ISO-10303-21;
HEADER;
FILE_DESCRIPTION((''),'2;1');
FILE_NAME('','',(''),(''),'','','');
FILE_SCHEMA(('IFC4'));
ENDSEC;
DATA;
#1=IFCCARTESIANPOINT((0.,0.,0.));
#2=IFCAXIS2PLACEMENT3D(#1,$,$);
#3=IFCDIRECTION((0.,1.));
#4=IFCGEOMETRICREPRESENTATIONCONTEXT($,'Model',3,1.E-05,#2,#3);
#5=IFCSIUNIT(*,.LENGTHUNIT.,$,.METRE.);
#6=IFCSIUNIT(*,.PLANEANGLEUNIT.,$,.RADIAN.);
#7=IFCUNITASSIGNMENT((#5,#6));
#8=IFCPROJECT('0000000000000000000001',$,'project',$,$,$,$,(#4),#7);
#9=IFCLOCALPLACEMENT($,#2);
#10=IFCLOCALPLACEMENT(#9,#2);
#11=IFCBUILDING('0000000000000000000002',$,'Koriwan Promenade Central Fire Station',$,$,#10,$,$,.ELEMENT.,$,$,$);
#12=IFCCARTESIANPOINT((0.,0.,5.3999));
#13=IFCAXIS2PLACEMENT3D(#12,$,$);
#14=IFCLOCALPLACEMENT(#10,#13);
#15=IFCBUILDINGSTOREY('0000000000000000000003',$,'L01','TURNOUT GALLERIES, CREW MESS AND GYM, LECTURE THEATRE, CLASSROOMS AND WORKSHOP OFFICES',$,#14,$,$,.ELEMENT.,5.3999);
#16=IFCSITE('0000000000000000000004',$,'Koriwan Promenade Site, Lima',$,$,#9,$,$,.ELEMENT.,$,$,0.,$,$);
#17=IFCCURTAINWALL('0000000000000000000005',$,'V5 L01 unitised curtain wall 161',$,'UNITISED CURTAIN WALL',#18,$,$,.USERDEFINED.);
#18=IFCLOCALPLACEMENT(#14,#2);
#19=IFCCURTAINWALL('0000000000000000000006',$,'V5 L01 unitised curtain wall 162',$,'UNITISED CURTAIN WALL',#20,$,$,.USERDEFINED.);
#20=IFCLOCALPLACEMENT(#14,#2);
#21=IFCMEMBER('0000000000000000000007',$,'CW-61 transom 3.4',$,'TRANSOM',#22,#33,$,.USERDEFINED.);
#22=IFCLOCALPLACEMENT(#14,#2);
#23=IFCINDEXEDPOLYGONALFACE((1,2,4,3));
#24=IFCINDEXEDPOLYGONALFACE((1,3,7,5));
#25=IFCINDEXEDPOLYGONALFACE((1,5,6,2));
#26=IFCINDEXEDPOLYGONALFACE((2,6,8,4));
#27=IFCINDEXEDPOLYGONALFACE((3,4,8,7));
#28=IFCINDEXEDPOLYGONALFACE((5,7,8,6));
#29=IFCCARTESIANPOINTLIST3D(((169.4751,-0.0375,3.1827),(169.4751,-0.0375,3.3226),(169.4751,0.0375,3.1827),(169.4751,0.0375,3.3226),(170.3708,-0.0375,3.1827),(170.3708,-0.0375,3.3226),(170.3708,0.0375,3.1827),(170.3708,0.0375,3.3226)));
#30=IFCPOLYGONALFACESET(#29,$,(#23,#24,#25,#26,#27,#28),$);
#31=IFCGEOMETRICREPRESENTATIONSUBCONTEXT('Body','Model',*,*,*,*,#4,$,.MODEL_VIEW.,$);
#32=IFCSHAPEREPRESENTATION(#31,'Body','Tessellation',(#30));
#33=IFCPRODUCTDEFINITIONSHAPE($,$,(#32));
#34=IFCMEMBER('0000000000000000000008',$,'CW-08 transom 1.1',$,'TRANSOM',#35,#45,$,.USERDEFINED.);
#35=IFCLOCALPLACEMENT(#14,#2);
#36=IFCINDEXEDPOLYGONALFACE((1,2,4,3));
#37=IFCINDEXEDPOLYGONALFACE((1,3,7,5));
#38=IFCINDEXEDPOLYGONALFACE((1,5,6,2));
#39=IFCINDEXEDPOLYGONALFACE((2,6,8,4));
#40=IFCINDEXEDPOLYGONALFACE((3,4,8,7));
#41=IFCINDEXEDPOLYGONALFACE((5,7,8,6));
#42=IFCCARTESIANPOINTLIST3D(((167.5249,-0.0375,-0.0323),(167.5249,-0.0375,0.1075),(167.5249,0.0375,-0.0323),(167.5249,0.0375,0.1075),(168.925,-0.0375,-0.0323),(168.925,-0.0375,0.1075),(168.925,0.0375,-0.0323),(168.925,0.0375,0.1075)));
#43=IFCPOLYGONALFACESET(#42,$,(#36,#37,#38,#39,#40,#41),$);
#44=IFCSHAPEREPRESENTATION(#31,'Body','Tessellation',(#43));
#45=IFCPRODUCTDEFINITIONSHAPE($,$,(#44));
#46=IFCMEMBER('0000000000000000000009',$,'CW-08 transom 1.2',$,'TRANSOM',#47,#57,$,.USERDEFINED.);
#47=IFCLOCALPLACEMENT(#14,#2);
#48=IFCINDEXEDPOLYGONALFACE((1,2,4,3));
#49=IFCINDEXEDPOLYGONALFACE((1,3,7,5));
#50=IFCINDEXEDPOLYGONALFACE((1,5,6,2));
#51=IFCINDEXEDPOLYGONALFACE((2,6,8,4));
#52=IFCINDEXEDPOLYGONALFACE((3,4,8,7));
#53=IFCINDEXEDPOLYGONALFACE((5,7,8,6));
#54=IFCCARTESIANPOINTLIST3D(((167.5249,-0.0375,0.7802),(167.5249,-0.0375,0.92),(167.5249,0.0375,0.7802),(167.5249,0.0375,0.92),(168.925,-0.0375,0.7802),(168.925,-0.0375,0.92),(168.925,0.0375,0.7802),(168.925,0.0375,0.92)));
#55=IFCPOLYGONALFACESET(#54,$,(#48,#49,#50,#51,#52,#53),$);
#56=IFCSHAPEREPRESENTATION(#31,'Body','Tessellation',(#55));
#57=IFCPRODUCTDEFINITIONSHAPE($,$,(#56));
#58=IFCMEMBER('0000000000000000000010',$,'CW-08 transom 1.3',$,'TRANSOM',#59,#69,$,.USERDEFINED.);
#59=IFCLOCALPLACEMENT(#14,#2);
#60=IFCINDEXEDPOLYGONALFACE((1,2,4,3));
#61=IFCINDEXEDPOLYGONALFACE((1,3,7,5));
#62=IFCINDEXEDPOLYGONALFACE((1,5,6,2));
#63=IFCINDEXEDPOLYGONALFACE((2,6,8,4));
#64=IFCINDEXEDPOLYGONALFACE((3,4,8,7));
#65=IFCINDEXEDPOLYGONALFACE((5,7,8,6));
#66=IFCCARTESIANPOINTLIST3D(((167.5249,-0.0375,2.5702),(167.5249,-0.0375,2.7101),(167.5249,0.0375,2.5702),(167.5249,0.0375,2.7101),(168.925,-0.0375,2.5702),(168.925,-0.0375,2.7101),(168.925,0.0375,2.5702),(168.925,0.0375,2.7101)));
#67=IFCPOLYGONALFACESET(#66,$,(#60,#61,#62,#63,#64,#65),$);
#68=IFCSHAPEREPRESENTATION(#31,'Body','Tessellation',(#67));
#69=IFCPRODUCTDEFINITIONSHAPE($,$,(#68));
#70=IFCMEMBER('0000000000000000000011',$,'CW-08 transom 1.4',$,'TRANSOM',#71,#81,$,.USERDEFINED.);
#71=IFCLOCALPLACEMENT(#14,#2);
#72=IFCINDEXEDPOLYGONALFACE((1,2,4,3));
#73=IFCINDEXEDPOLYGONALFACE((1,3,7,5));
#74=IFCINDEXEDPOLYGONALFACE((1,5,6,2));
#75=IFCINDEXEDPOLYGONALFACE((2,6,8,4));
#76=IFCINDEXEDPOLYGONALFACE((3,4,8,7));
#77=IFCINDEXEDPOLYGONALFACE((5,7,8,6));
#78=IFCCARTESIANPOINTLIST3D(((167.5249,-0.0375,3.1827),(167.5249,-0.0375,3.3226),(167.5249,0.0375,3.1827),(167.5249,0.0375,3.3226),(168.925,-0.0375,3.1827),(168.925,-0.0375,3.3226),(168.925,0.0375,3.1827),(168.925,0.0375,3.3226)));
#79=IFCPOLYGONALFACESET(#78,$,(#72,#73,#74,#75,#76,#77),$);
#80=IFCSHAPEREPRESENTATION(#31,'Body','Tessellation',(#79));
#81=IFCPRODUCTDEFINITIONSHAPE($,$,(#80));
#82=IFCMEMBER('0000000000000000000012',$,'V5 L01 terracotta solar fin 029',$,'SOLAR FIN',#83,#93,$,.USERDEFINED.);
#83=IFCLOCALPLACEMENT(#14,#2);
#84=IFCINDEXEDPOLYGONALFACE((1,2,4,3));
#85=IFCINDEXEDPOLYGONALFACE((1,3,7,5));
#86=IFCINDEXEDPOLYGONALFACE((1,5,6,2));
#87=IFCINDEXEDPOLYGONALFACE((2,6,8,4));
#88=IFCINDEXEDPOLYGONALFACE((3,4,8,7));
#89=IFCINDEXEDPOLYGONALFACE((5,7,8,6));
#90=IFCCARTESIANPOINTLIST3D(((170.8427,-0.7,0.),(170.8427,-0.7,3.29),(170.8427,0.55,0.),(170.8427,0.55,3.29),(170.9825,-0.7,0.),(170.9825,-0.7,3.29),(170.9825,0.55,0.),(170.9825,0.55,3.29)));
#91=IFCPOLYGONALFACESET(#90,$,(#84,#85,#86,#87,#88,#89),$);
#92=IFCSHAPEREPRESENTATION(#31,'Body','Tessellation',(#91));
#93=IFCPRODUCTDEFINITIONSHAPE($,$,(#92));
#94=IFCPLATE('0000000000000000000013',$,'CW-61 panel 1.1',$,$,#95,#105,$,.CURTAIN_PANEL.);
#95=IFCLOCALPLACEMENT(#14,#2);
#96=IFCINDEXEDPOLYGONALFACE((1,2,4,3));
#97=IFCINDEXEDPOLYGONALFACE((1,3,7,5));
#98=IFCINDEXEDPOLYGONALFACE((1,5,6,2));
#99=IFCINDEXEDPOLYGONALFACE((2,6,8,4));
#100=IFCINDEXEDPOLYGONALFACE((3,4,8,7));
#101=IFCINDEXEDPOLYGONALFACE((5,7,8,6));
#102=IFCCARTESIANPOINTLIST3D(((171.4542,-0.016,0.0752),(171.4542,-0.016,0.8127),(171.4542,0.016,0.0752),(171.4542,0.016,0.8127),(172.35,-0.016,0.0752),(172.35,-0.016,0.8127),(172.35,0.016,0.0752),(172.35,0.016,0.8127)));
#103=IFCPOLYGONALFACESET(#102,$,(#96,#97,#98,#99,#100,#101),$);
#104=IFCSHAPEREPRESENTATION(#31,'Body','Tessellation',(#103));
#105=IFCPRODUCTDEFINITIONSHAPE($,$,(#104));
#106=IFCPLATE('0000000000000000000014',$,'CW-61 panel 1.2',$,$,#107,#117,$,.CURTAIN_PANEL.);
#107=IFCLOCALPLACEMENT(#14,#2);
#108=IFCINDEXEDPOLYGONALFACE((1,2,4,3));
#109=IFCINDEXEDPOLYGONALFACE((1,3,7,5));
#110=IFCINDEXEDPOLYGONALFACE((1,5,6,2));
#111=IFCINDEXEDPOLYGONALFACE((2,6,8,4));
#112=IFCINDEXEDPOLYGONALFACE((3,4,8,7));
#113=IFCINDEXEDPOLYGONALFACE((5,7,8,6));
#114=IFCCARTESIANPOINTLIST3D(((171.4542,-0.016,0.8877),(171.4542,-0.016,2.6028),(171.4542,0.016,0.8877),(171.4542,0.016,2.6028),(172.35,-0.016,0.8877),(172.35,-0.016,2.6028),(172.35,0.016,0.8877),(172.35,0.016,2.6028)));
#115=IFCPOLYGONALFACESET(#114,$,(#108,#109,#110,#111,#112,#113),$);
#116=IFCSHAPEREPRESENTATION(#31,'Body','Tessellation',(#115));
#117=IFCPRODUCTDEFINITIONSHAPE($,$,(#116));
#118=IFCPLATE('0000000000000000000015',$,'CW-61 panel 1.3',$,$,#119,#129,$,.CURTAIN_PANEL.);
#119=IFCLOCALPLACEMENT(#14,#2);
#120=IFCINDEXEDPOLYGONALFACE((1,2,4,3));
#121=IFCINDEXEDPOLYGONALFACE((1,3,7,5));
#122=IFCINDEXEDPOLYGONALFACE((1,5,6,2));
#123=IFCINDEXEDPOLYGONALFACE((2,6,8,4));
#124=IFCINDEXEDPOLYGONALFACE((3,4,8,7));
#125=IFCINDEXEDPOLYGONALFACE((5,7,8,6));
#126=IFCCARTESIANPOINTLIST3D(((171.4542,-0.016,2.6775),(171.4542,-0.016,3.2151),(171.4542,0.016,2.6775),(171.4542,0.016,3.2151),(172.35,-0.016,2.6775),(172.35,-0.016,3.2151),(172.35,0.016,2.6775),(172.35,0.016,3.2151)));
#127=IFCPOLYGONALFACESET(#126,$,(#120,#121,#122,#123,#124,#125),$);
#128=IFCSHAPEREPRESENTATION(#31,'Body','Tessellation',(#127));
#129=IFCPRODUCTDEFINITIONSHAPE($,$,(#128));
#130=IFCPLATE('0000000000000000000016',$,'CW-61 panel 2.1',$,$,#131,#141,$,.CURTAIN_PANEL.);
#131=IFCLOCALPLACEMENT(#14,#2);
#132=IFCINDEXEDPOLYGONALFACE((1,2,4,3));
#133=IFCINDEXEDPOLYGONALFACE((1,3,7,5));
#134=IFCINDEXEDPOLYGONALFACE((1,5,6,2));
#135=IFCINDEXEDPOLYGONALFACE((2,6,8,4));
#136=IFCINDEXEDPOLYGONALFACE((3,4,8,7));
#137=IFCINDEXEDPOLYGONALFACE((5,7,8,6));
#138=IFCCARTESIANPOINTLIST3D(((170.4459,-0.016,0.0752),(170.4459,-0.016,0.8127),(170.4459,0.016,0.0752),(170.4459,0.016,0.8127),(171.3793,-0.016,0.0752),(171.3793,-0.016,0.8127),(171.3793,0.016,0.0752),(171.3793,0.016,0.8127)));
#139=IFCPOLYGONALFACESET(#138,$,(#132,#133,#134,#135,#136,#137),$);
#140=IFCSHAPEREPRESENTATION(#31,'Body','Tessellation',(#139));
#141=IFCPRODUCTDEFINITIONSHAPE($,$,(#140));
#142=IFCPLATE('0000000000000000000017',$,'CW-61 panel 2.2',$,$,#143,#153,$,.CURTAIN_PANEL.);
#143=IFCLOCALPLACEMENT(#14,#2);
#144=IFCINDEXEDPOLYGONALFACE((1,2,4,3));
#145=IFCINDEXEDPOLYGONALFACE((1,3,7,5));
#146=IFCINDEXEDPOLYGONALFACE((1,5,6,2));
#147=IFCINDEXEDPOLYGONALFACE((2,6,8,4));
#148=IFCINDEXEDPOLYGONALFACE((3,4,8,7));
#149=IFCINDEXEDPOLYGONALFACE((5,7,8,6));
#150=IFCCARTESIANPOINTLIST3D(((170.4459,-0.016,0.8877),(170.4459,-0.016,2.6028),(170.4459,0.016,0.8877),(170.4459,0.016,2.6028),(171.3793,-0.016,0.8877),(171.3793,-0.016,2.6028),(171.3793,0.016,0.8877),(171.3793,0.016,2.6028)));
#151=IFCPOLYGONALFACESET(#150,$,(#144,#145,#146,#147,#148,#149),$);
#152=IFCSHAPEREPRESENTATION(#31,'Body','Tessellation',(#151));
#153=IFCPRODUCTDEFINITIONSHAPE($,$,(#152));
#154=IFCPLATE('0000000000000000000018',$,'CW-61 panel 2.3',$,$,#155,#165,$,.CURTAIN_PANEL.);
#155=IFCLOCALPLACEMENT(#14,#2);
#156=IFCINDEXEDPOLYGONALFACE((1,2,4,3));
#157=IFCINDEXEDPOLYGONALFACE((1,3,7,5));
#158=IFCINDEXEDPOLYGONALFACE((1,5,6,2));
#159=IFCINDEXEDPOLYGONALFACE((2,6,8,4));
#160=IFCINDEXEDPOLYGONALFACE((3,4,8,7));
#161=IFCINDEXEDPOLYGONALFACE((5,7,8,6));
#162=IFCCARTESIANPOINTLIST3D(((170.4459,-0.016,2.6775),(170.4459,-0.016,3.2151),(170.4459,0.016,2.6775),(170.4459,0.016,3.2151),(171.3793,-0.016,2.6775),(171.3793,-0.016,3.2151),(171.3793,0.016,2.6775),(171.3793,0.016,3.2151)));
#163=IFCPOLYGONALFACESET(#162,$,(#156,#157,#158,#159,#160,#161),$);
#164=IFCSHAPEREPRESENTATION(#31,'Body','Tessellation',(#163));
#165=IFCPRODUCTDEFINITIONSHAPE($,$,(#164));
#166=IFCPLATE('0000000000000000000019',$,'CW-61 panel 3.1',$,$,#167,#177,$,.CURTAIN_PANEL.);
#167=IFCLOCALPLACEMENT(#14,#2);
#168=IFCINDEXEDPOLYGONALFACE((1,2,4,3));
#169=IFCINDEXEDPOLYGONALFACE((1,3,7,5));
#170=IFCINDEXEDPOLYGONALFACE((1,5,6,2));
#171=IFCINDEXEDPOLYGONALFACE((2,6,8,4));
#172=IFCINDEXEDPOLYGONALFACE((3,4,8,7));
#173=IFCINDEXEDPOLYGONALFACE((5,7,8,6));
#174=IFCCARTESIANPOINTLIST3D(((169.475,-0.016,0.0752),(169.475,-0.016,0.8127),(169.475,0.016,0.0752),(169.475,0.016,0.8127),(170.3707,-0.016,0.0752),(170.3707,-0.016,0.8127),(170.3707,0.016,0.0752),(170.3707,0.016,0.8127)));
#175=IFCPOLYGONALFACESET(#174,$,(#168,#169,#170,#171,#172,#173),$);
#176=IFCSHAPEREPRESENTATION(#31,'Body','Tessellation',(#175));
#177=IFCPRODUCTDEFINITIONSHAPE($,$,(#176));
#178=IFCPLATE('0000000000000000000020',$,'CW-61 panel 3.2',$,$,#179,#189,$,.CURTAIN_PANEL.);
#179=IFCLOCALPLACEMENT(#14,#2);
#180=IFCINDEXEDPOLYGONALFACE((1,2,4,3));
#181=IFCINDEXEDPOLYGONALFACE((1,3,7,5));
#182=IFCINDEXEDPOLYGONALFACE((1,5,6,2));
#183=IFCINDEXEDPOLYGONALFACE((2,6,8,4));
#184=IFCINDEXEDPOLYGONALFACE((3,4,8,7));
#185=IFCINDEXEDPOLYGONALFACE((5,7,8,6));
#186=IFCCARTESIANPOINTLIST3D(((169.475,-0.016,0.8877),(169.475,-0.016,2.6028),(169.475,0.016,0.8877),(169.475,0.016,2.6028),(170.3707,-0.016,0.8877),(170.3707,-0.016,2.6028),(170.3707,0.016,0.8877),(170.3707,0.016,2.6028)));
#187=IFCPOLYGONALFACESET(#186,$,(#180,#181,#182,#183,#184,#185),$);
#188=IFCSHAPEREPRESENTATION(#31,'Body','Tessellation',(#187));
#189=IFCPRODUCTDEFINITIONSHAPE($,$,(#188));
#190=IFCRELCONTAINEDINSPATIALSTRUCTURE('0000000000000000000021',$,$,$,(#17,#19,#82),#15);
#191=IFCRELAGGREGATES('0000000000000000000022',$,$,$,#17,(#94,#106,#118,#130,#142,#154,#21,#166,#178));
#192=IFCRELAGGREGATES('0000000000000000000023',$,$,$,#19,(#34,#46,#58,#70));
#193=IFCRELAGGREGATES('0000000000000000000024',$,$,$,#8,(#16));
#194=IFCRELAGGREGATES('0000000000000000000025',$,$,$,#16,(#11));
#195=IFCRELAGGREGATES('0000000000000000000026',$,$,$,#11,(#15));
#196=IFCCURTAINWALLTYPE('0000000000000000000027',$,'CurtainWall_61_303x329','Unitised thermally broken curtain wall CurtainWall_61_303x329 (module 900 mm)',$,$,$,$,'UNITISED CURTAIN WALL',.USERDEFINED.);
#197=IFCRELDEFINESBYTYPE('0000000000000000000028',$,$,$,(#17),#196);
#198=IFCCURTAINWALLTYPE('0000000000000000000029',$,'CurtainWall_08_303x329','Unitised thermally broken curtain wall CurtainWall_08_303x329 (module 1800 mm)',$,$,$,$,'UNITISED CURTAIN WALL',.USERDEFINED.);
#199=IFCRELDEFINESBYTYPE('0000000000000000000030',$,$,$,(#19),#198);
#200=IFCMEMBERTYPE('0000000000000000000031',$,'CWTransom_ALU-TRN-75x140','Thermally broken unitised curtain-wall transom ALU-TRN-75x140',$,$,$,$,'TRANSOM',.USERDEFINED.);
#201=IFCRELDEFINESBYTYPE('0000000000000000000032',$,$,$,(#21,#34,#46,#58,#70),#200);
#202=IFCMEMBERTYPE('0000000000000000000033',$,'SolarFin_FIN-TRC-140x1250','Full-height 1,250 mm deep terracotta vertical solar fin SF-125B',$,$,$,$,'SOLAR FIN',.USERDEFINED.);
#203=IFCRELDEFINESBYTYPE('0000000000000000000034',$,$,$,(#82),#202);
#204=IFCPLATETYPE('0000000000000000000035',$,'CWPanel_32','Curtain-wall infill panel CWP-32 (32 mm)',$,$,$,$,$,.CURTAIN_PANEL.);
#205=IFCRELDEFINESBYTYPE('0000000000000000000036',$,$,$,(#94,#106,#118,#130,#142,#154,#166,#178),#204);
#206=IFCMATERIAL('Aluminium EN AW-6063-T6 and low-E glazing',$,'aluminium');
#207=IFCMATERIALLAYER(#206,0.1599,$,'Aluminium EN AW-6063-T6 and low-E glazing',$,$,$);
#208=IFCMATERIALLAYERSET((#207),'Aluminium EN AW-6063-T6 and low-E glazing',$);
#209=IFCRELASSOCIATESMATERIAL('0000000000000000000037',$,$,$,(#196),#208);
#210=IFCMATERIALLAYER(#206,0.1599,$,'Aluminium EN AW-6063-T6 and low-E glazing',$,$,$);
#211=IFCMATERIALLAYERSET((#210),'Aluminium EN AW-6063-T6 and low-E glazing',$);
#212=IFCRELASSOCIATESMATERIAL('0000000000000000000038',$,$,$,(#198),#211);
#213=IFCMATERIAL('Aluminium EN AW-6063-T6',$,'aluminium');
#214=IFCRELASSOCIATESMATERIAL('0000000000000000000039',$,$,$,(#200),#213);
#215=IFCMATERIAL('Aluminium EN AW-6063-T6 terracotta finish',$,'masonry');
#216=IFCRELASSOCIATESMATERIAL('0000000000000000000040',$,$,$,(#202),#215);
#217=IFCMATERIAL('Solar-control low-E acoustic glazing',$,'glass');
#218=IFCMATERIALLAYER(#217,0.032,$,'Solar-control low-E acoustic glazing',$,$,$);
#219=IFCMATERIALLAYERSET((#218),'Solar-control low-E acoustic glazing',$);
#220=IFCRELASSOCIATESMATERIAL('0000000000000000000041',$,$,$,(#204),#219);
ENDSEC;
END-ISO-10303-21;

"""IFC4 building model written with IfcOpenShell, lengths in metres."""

from ifc_helpers import new_model, si_unit, direction, frame, origin, origin_2d, place, context, subcontext, project, spatial, rectangle, extrude, material, layer, layer_set, material_profile, profile_set, type_object, element, aggregate, save


model = new_model("IFC4")

# Units and contexts
model_context = context("Model", 3, precision=1e-05, world=origin(), true_north=direction((0.0, 1.0)))
body_context = subcontext(model_context, "Body", "Model", "MODEL_VIEW")
ifc_project = project(units=[si_unit("LENGTHUNIT", "METRE"), si_unit("PLANEANGLEUNIT", "RADIAN")], contexts=[model_context])

# Site, building, storey
site_placement = place(None, origin())
site = spatial("IfcSite", under=ifc_project, at=site_placement, Name="Koriwan Promenade Site, Lima", CompositionType="ELEMENT", RefElevation=0.0)
building_placement = place(site_placement, origin())
building = spatial("IfcBuilding", under=site, at=building_placement, Name="Koriwan Promenade Central Fire Station", CompositionType="ELEMENT")
storey_placement = place(building_placement, frame((0.0, 0.0, 5.3999)))
storey = spatial("IfcBuildingStorey", under=building, at=storey_placement, Name="L01", Description="TURNOUT GALLERIES, CREW MESS AND GYM, LECTURE THEATRE, CLASSROOMS AND WORKSHOP OFFICES", CompositionType="ELEMENT", Elevation=5.3999)

# Curtain wall
ifc_material_1 = material(Name="Aluminium EN AW-6063-T6 and low-E glazing", Category="aluminium")
ifc_layer_1 = layer(ifc_material_1, 0.1599, Name="Aluminium EN AW-6063-T6 and low-E glazing")
ifc_layer_set_1 = layer_set([ifc_layer_1], Name="Aluminium EN AW-6063-T6 and low-E glazing")
curtain_wall_type_1 = type_object("IfcCurtainWallType", Name="CurtainWall_61_303x329", Description="Unitised thermally broken curtain wall CurtainWall_61_303x329 (module 900 mm)", ElementType="UNITISED CURTAIN WALL", PredefinedType="USERDEFINED", material=ifc_layer_set_1)
curtain_wall_1_placement = place(storey_placement, origin())
curtain_wall_1 = element("IfcCurtainWall", 1, at=curtain_wall_1_placement, inside=storey, type_object=curtain_wall_type_1, Name="V5 L01 unitised curtain wall 161", ObjectType="UNITISED CURTAIN WALL", PredefinedType="USERDEFINED")
ifc_material_2 = material(Name="Aluminium EN AW-6063-T6", Category="aluminium")

# Curtain wall
ifc_layer_2 = layer(ifc_material_1, 0.1599, Name="Aluminium EN AW-6063-T6 and low-E glazing")
ifc_layer_set_2 = layer_set([ifc_layer_2], Name="Aluminium EN AW-6063-T6 and low-E glazing")
curtain_wall_type_2 = type_object("IfcCurtainWallType", Name="CurtainWall_08_303x329", Description="Unitised thermally broken curtain wall CurtainWall_08_303x329 (module 1800 mm)", ElementType="UNITISED CURTAIN WALL", PredefinedType="USERDEFINED", material=ifc_layer_set_2)
curtain_wall_2_placement = place(storey_placement, origin())
curtain_wall_2 = element("IfcCurtainWall", 2, at=curtain_wall_2_placement, inside=storey, type_object=curtain_wall_type_2, Name="V5 L01 unitised curtain wall 162", ObjectType="UNITISED CURTAIN WALL", PredefinedType="USERDEFINED")

# Members
ifc_material_profile_1 = material_profile(ifc_material_2, rectangle(XDim=0.075, YDim=0.1399, at=origin_2d()), Name="ALU-TRN-75x140")
ifc_profile_set_1 = profile_set([ifc_material_profile_1], Name="Aluminium EN AW-6063-T6")
member_type_1 = type_object("IfcMemberType", Name="CWTransom_ALU-TRN-75x140", Description="Thermally broken unitised curtain-wall transom ALU-TRN-75x140", ElementType="TRANSOM", PredefinedType="USERDEFINED", material=ifc_profile_set_1)
member_1_placement = place(storey_placement, frame((170.3708, 0.0, 3.2527), z_axis=(-1.0, 0.0, 0.0), x_axis=(0.0, -1.0, 0.0)))
member_1 = element("IfcMember", 3, at=member_1_placement, type_object=member_type_1, Name="CW-61 transom 3.4", ObjectType="TRANSOM", PredefinedType="USERDEFINED", context=body_context, shape_type="SweptSolid", body=[
    extrude(rectangle(XDim=0.075, YDim=0.1399, at=origin_2d()), origin(), (0.0, 0.0, 1.0), 0.8958),
])
member_2_placement = place(storey_placement, frame((168.925, 0.0, 0.0376), z_axis=(-1.0, 0.0, 0.0), x_axis=(0.0, -1.0, 0.0)))
member_2 = element("IfcMember", 4, at=member_2_placement, type_object=member_type_1, Name="CW-08 transom 1.1", ObjectType="TRANSOM", PredefinedType="USERDEFINED", context=body_context, shape_type="SweptSolid", body=[
    extrude(rectangle(XDim=0.075, YDim=0.1399, at=origin_2d()), origin(), (0.0, 0.0, 1.0), 1.4001),
])
member_3_placement = place(storey_placement, frame((168.925, 0.0, 0.8501), z_axis=(-1.0, 0.0, 0.0), x_axis=(0.0, -1.0, 0.0)))
member_3 = element("IfcMember", 5, at=member_3_placement, type_object=member_type_1, Name="CW-08 transom 1.2", ObjectType="TRANSOM", PredefinedType="USERDEFINED", context=body_context, shape_type="SweptSolid", body=[
    extrude(rectangle(XDim=0.075, YDim=0.1399, at=origin_2d()), origin(), (0.0, 0.0, 1.0), 1.4001),
])
member_4_placement = place(storey_placement, frame((168.925, 0.0, 2.6401), z_axis=(-1.0, 0.0, 0.0), x_axis=(0.0, -1.0, 0.0)))
member_4 = element("IfcMember", 6, at=member_4_placement, type_object=member_type_1, Name="CW-08 transom 1.3", ObjectType="TRANSOM", PredefinedType="USERDEFINED", context=body_context, shape_type="SweptSolid", body=[
    extrude(rectangle(XDim=0.075, YDim=0.1399, at=origin_2d()), origin(), (0.0, 0.0, 1.0), 1.4001),
])
member_5_placement = place(storey_placement, frame((168.925, 0.0, 3.2527), z_axis=(-1.0, 0.0, 0.0), x_axis=(0.0, -1.0, 0.0)))
member_5 = element("IfcMember", 7, at=member_5_placement, type_object=member_type_1, Name="CW-08 transom 1.4", ObjectType="TRANSOM", PredefinedType="USERDEFINED", context=body_context, shape_type="SweptSolid", body=[
    extrude(rectangle(XDim=0.075, YDim=0.1399, at=origin_2d()), origin(), (0.0, 0.0, 1.0), 1.4001),
])
ifc_material_3 = material(Name="Aluminium EN AW-6063-T6 terracotta finish", Category="masonry")
ifc_material_profile_2 = material_profile(ifc_material_3, rectangle(XDim=0.1399, YDim=1.25, at=origin_2d()), Name="FIN-TRC-140x1250")
ifc_profile_set_2 = profile_set([ifc_material_profile_2], Name="Aluminium EN AW-6063-T6 terracotta finish")
member_type_2 = type_object("IfcMemberType", Name="SolarFin_FIN-TRC-140x1250", Description="Full-height 1,250 mm deep terracotta vertical solar fin SF-125B", ElementType="SOLAR FIN", PredefinedType="USERDEFINED", material=ifc_profile_set_2)
member_6_placement = place(storey_placement, frame((170.9126, -0.075, 0.0), z_axis=(0.0, 0.0, 1.0), x_axis=(-1.0, 0.0, 0.0)))
element("IfcMember", 8, at=member_6_placement, inside=storey, type_object=member_type_2, Name="V5 L01 terracotta solar fin 029", ObjectType="SOLAR FIN", PredefinedType="USERDEFINED", context=body_context, shape_type="SweptSolid", body=[
    extrude(rectangle(XDim=0.1399, YDim=1.25, at=origin_2d()), origin(), (0.0, 0.0, 1.0), 3.29),
])

# Plates
ifc_material_4 = material(Name="Solar-control low-E acoustic glazing", Category="glass")
ifc_layer_3 = layer(ifc_material_4, 0.032, Name="Solar-control low-E acoustic glazing")
ifc_layer_set_3 = layer_set([ifc_layer_3], Name="Solar-control low-E acoustic glazing")
plate_type = type_object("IfcPlateType", Name="CWPanel_32", Description="Curtain-wall infill panel CWP-32 (32 mm)", PredefinedType="CURTAIN_PANEL", material=ifc_layer_set_3)
plate_1_placement = place(storey_placement, frame((171.9021, 0.0, 0.0752), z_axis=(0.0, 0.0, 1.0), x_axis=(-1.0, 0.0, 0.0)))
plate_1 = element("IfcPlate", 9, at=plate_1_placement, type_object=plate_type, Name="CW-61 panel 1.1", PredefinedType="CURTAIN_PANEL", context=body_context, shape_type="SweptSolid", body=[
    extrude(rectangle(XDim=0.8958, YDim=0.032, at=origin_2d()), origin(), (0.0, 0.0, 1.0), 0.7375),
])
plate_2_placement = place(storey_placement, frame((171.9021, 0.0, 0.8877), z_axis=(0.0, 0.0, 1.0), x_axis=(-1.0, 0.0, 0.0)))
plate_2 = element("IfcPlate", 10, at=plate_2_placement, type_object=plate_type, Name="CW-61 panel 1.2", PredefinedType="CURTAIN_PANEL", context=body_context, shape_type="SweptSolid", body=[
    extrude(rectangle(XDim=0.8958, YDim=0.032, at=origin_2d()), origin(), (0.0, 0.0, 1.0), 1.7151),
])
plate_3_placement = place(storey_placement, frame((171.9021, 0.0, 2.6775), z_axis=(0.0, 0.0, 1.0), x_axis=(-1.0, 0.0, 0.0)))
plate_3 = element("IfcPlate", 11, at=plate_3_placement, type_object=plate_type, Name="CW-61 panel 1.3", PredefinedType="CURTAIN_PANEL", context=body_context, shape_type="SweptSolid", body=[
    extrude(rectangle(XDim=0.8958, YDim=0.032, at=origin_2d()), origin(), (0.0, 0.0, 1.0), 0.5376),
])
plate_4_placement = place(storey_placement, frame((170.9126, 0.0, 0.0752), z_axis=(0.0, 0.0, 1.0), x_axis=(-1.0, 0.0, 0.0)))
plate_4 = element("IfcPlate", 12, at=plate_4_placement, type_object=plate_type, Name="CW-61 panel 2.1", PredefinedType="CURTAIN_PANEL", context=body_context, shape_type="SweptSolid", body=[
    extrude(rectangle(XDim=0.9333, YDim=0.032, at=origin_2d()), origin(), (0.0, 0.0, 1.0), 0.7375),
])
plate_5_placement = place(storey_placement, frame((170.9126, 0.0, 0.8877), z_axis=(0.0, 0.0, 1.0), x_axis=(-1.0, 0.0, 0.0)))
plate_5 = element("IfcPlate", 13, at=plate_5_placement, type_object=plate_type, Name="CW-61 panel 2.2", PredefinedType="CURTAIN_PANEL", context=body_context, shape_type="SweptSolid", body=[
    extrude(rectangle(XDim=0.9333, YDim=0.032, at=origin_2d()), origin(), (0.0, 0.0, 1.0), 1.7151),
])
plate_6_placement = place(storey_placement, frame((170.9126, 0.0, 2.6775), z_axis=(0.0, 0.0, 1.0), x_axis=(-1.0, 0.0, 0.0)))
plate_6 = element("IfcPlate", 14, at=plate_6_placement, type_object=plate_type, Name="CW-61 panel 2.3", PredefinedType="CURTAIN_PANEL", context=body_context, shape_type="SweptSolid", body=[
    extrude(rectangle(XDim=0.9333, YDim=0.032, at=origin_2d()), origin(), (0.0, 0.0, 1.0), 0.5376),
])
plate_7_placement = place(storey_placement, frame((169.9229, 0.0, 0.0752), z_axis=(0.0, 0.0, 1.0), x_axis=(-1.0, 0.0, 0.0)))
plate_7 = element("IfcPlate", 15, at=plate_7_placement, type_object=plate_type, Name="CW-61 panel 3.1", PredefinedType="CURTAIN_PANEL", context=body_context, shape_type="SweptSolid", body=[
    extrude(rectangle(XDim=0.8958, YDim=0.032, at=origin_2d()), origin(), (0.0, 0.0, 1.0), 0.7375),
])
plate_8_placement = place(storey_placement, frame((169.9229, 0.0, 0.8877), z_axis=(0.0, 0.0, 1.0), x_axis=(-1.0, 0.0, 0.0)))
plate_8 = element("IfcPlate", 16, at=plate_8_placement, type_object=plate_type, Name="CW-61 panel 3.2", PredefinedType="CURTAIN_PANEL", context=body_context, shape_type="SweptSolid", body=[
    extrude(rectangle(XDim=0.8958, YDim=0.032, at=origin_2d()), origin(), (0.0, 0.0, 1.0), 1.7151),
])
aggregate(curtain_wall_1, [plate_1, plate_2, plate_3, plate_4, plate_5, plate_6, member_1, plate_7, plate_8])
aggregate(curtain_wall_2, [member_2, member_3, member_4, member_5])

save(model, "model.ifc")
